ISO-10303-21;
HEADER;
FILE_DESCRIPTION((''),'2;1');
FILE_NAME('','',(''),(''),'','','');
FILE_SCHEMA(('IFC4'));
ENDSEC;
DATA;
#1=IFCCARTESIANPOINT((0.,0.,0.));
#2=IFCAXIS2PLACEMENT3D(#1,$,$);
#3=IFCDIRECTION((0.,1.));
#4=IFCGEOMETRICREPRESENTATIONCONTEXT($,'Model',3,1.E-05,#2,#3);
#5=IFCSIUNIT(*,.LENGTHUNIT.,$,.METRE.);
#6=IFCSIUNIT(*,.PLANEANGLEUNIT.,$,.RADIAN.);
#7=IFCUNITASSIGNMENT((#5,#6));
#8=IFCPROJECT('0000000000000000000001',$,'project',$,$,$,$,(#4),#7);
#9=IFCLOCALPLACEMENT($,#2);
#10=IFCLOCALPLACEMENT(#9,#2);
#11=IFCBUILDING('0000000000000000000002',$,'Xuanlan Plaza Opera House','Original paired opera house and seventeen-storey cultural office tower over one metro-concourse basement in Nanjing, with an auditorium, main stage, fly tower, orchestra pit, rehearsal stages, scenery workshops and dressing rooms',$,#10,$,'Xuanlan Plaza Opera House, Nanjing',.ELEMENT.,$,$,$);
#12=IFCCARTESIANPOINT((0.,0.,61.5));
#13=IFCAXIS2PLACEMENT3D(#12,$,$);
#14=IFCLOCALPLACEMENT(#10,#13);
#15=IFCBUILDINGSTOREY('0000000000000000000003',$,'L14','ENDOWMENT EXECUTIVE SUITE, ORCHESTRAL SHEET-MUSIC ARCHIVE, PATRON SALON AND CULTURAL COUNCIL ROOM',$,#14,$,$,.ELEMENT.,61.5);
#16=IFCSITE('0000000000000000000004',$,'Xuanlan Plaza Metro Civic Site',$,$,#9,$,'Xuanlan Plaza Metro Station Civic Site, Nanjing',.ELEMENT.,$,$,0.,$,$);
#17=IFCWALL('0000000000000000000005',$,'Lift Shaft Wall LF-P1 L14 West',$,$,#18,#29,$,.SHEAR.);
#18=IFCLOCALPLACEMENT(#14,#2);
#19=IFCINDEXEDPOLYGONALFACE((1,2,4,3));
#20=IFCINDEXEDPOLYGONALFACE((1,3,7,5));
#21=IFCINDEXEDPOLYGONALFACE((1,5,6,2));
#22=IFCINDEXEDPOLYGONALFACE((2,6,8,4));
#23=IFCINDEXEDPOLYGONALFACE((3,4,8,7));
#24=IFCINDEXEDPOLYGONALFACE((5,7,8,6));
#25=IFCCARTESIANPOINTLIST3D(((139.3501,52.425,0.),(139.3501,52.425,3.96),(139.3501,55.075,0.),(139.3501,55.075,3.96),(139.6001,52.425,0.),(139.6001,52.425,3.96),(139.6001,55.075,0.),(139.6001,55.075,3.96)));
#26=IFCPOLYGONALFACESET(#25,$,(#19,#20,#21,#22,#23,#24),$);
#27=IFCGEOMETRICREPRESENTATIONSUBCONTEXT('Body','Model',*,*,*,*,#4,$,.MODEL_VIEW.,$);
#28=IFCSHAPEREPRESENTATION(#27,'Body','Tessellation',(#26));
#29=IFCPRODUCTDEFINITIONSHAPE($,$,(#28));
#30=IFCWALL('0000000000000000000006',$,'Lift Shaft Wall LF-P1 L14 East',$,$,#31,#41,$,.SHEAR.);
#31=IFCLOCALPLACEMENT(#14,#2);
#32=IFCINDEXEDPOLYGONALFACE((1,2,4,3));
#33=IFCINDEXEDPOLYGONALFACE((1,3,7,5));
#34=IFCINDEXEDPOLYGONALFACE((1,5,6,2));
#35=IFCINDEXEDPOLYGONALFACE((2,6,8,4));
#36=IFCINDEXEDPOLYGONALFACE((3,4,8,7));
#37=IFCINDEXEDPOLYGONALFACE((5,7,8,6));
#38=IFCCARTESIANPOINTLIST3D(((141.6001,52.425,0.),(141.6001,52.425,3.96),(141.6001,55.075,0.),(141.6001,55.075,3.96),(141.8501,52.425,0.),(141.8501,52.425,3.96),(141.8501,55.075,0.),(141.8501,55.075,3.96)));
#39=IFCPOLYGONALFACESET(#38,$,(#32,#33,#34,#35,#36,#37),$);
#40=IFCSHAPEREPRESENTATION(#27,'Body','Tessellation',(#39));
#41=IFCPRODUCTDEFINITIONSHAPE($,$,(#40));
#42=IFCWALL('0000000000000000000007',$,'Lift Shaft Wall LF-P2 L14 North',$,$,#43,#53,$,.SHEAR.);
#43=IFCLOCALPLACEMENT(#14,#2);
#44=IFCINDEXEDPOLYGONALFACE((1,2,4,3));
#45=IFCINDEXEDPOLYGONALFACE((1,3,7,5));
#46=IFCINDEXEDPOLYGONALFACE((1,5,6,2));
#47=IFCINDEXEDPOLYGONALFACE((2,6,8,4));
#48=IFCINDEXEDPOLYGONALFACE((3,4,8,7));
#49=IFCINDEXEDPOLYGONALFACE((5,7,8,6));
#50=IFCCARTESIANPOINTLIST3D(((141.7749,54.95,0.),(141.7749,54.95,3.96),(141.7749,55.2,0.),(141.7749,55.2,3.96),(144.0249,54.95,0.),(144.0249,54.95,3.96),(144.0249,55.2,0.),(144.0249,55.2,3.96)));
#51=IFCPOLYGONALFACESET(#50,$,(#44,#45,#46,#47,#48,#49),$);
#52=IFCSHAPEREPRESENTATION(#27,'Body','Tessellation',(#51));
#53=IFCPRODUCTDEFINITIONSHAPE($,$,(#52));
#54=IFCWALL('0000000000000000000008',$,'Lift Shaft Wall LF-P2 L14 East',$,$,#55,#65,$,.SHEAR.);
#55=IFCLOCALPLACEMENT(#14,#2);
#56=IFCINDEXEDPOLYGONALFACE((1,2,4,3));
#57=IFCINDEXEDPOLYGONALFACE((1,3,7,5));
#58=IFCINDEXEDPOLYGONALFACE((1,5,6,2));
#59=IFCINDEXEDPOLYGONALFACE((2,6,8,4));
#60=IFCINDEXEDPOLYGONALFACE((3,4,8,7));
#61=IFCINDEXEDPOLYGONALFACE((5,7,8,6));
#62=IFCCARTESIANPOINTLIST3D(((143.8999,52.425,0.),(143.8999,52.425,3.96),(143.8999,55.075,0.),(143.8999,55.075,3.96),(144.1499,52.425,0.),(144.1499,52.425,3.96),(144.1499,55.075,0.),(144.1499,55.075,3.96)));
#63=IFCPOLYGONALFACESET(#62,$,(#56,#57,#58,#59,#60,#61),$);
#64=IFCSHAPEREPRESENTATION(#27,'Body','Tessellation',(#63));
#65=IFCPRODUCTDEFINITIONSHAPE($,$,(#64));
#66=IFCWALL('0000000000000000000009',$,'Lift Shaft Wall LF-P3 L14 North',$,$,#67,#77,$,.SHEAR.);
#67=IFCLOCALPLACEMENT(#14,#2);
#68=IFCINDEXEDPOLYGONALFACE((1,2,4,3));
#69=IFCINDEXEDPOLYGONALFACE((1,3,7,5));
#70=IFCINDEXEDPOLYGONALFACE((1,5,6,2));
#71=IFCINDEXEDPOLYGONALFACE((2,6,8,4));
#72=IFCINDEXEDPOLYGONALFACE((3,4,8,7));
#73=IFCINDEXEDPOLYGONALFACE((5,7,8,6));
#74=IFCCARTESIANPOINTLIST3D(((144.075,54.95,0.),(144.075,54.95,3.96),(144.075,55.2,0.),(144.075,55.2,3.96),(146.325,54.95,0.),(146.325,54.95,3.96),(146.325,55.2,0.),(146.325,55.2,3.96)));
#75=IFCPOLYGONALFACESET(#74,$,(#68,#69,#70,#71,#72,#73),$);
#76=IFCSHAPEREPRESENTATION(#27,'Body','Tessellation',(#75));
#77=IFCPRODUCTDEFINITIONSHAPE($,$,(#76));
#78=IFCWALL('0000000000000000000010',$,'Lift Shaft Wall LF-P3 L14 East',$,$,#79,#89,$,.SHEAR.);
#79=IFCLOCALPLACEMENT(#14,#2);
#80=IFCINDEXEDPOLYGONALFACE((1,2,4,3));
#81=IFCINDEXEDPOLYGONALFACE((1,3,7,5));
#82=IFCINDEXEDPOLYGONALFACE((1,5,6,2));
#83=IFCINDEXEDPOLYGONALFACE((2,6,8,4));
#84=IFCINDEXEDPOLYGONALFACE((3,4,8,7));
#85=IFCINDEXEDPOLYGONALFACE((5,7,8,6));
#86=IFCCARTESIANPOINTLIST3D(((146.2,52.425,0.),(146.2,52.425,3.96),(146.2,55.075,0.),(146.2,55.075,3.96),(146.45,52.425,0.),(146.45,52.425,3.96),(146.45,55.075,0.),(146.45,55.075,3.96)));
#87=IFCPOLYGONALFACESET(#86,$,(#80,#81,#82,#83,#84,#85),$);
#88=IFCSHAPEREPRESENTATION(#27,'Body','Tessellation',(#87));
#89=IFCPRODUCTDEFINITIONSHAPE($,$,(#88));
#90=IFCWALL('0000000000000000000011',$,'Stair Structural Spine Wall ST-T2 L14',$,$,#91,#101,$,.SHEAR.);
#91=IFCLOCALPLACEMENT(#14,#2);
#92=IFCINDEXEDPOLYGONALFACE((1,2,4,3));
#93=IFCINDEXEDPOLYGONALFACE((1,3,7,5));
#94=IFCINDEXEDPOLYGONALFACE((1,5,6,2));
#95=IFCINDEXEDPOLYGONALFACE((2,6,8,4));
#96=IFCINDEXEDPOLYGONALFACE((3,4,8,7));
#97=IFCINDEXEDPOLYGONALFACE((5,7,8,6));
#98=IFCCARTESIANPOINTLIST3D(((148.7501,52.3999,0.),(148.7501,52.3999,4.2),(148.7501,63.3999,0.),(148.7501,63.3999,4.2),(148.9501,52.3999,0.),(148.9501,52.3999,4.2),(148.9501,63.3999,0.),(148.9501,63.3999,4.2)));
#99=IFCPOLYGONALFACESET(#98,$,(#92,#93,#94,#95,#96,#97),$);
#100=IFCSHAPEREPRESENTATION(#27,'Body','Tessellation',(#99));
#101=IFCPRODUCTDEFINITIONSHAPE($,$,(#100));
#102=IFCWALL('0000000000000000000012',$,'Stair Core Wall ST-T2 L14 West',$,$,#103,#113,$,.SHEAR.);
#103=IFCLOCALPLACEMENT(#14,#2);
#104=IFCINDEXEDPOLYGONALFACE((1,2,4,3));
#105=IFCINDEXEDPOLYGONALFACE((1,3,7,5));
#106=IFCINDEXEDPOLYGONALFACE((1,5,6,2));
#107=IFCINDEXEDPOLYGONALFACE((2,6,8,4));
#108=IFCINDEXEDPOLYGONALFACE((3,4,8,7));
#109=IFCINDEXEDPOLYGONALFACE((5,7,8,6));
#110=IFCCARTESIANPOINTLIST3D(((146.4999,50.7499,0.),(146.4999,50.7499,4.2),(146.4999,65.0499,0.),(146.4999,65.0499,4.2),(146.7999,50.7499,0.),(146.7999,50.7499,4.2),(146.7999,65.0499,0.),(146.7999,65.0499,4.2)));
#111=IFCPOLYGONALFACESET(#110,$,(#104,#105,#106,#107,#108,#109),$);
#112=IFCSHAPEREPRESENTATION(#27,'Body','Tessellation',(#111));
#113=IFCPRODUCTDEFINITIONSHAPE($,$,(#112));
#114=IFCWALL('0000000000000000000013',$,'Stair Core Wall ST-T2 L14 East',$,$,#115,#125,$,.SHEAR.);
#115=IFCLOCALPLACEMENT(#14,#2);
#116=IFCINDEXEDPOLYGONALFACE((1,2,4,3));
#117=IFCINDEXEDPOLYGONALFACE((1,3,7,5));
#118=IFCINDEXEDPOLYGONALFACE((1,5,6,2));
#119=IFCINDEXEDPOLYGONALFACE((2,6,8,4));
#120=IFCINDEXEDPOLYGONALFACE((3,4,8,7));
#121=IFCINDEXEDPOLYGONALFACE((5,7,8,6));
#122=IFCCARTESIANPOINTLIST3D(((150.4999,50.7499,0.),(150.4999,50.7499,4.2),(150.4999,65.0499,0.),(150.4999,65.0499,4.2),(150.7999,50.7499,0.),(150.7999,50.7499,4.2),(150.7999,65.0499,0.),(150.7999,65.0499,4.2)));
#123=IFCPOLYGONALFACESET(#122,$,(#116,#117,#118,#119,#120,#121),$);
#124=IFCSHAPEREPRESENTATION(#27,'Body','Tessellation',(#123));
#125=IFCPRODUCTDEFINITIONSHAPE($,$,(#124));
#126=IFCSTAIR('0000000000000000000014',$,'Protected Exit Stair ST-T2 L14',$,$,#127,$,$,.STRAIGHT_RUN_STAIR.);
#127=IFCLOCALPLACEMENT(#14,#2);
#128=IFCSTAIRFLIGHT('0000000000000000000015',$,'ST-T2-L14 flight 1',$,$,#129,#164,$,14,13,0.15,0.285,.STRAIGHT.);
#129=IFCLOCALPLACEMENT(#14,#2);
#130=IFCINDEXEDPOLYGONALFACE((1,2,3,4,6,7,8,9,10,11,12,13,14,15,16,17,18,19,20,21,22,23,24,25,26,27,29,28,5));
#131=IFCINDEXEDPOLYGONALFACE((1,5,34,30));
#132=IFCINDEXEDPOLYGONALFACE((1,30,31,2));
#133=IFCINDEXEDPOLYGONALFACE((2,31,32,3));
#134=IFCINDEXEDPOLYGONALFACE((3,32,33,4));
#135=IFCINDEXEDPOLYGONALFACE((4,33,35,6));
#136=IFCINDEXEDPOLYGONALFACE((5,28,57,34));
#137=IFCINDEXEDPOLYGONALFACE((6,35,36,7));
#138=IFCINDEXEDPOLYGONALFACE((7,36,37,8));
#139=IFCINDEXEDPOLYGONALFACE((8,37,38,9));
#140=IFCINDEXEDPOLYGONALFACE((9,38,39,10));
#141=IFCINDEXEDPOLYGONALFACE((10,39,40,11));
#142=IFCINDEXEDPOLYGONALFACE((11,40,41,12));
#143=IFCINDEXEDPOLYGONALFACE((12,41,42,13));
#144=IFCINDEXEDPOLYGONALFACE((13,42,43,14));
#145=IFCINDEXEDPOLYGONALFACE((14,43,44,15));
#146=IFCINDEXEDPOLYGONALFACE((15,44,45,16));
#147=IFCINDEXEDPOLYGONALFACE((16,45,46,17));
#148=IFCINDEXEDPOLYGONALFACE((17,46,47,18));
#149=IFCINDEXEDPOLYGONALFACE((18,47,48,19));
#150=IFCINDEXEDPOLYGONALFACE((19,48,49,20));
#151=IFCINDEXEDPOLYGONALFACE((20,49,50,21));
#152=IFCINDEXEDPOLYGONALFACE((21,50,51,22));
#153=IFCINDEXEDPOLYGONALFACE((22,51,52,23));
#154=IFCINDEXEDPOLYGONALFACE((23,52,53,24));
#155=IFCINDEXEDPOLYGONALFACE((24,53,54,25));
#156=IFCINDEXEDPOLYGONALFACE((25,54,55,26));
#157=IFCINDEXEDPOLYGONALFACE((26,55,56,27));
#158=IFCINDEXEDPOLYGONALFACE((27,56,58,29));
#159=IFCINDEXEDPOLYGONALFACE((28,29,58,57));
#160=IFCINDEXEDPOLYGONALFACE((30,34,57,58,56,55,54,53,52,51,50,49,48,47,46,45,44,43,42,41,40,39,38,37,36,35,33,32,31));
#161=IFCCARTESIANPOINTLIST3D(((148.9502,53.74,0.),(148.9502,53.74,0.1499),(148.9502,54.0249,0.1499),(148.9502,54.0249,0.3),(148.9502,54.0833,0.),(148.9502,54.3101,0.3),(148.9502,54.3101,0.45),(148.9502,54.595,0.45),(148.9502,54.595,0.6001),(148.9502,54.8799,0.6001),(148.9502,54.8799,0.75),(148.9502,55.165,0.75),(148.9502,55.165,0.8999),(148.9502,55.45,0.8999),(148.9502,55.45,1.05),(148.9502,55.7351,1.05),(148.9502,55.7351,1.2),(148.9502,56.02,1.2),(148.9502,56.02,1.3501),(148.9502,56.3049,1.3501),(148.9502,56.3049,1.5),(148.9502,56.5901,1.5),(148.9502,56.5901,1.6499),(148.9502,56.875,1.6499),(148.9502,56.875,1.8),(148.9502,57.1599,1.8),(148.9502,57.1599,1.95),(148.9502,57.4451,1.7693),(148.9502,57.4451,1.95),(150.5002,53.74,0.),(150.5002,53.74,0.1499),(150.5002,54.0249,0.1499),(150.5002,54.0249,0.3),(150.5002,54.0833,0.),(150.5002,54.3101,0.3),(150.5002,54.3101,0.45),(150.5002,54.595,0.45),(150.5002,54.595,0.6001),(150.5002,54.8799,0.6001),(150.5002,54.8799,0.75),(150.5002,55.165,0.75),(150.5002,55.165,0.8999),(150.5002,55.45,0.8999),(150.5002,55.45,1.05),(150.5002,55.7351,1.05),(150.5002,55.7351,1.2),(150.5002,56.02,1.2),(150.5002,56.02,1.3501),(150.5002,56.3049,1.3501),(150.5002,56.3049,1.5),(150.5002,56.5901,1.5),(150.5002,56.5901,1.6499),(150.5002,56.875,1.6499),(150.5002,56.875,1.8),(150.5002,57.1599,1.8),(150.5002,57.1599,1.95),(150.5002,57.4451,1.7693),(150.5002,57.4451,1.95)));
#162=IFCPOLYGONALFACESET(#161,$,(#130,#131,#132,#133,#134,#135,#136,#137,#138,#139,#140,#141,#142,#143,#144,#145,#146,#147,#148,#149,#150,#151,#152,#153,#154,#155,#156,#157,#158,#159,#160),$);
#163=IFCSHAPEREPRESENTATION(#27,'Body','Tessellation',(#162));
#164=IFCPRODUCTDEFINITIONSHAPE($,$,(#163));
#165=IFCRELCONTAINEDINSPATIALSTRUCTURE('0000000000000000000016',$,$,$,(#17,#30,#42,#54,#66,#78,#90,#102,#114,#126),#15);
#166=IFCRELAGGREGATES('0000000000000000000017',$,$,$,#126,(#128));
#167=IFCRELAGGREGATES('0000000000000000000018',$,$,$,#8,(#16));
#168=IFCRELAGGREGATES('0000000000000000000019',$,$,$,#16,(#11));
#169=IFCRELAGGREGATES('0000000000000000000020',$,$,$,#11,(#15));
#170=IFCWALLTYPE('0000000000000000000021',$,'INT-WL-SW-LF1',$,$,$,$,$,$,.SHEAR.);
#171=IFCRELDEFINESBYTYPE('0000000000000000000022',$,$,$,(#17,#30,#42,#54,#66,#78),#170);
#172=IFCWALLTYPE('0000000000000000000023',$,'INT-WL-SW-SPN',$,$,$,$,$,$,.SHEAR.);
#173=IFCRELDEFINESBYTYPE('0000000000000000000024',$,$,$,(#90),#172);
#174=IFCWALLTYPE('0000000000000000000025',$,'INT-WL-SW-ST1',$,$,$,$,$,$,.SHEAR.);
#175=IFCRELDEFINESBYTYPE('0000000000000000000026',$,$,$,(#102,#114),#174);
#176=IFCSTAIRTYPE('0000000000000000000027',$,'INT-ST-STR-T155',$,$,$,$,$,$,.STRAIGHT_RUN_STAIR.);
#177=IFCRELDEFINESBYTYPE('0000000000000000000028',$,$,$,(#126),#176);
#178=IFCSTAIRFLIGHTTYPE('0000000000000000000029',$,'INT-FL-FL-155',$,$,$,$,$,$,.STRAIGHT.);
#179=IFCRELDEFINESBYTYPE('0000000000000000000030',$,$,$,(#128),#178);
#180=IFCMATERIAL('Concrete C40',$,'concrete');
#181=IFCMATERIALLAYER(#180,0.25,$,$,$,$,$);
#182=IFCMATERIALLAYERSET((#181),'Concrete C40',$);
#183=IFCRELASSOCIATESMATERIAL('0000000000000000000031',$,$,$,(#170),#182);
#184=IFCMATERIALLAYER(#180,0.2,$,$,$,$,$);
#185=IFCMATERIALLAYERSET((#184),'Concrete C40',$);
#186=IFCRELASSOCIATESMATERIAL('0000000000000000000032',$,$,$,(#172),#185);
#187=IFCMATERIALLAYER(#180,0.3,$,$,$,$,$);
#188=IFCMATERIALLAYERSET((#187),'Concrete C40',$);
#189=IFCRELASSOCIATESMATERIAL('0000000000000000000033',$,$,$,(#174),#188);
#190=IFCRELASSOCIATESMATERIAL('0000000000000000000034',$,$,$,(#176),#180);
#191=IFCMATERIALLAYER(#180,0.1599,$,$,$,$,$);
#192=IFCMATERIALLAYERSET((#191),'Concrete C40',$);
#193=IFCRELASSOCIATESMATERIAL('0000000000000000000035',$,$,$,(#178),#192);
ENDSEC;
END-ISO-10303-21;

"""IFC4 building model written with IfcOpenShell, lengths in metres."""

from ifc_helpers import new_model, si_unit, direction, frame, frame_2d, origin, place, context, subcontext, project, spatial, polyline, rectangle, outline, extrude, material, layer, layer_set, type_object, element, aggregate, save


model = new_model("IFC4")

# Units and contexts
model_context = context("Model", 3, precision=1e-05, world=origin(), true_north=direction((0.0, 1.0)))
body_context = subcontext(model_context, "Body", "Model", "MODEL_VIEW")
ifc_project = project(units=[si_unit("LENGTHUNIT", "METRE"), si_unit("PLANEANGLEUNIT", "RADIAN")], contexts=[model_context])

# Site, building, storey
site_placement = place(None, origin())
site = spatial("IfcSite", under=ifc_project, at=site_placement, Name="Xuanlan Plaza Metro Civic Site", LongName="Xuanlan Plaza Metro Station Civic Site, Nanjing", CompositionType="ELEMENT", RefElevation=0.0)
building_placement = place(site_placement, origin())
building = spatial("IfcBuilding", under=site, at=building_placement, Name="Xuanlan Plaza Opera House", Description="Original paired opera house and seventeen-storey cultural office tower over one metro-concourse basement in Nanjing, with an auditorium, main stage, fly tower, orchestra pit, rehearsal stages, scenery workshops and dressing rooms", LongName="Xuanlan Plaza Opera House, Nanjing", CompositionType="ELEMENT")
storey_placement = place(building_placement, frame((0.0, 0.0, 61.5)))
storey = spatial("IfcBuildingStorey", under=building, at=storey_placement, Name="L14", Description="ENDOWMENT EXECUTIVE SUITE, ORCHESTRAL SHEET-MUSIC ARCHIVE, PATRON SALON AND CULTURAL COUNCIL ROOM", CompositionType="ELEMENT", Elevation=61.5)

# Shared definitions
ifc_material_1 = material(Name="Concrete C40", Category="concrete")

# Shared definitions
ifc_layer_1 = layer(ifc_material_1, 0.25)
ifc_layer_set_1 = layer_set([ifc_layer_1], Name="Concrete C40")
wall_type_1 = type_object("IfcWallType", Name="INT-WL-SW-LF1", PredefinedType="SHEAR", material=ifc_layer_set_1)

# Walls
for number, where, z_axis, x_axis, name in (
    (1, (139.4751, 52.425, 0.0), (0.0, 0.0, 1.0), (0.0, 1.0, 0.0), "Lift Shaft Wall LF-P1 L14 West"),
    (2, (141.7251, 52.425, 0.0), (0.0, 0.0, 1.0), (0.0, 1.0, 0.0), "Lift Shaft Wall LF-P1 L14 East"),
):
    element("IfcWall", number, at=place(storey_placement, frame(where, z_axis=z_axis, x_axis=x_axis)), inside=storey, type_object=wall_type_1, Name=name, PredefinedType="SHEAR", context=body_context, shape_type="SweptSolid", body=[
        extrude(rectangle(XDim=2.6499, YDim=0.25, at=frame_2d((1.325, 0.0))), origin(), (0.0, 0.0, 1.0), 3.96),
    ])

# Walls
wall_1_placement = place(storey_placement, frame((141.7749, 55.075, 0.0), z_axis=(0.0, 0.0, 1.0), x_axis=(1.0, 0.0, 0.0)))
element("IfcWall", 3, at=wall_1_placement, inside=storey, type_object=wall_type_1, Name="Lift Shaft Wall LF-P2 L14 North", PredefinedType="SHEAR", context=body_context, shape_type="SweptSolid", body=[
    extrude(rectangle(XDim=2.25, YDim=0.25, at=frame_2d((1.125, 0.0))), origin(), (0.0, 0.0, 1.0), 3.96),
])
wall_2_placement = place(storey_placement, frame((144.0249, 52.425, 0.0), z_axis=(0.0, 0.0, 1.0), x_axis=(0.0, 1.0, 0.0)))
element("IfcWall", 4, at=wall_2_placement, inside=storey, type_object=wall_type_1, Name="Lift Shaft Wall LF-P2 L14 East", PredefinedType="SHEAR", context=body_context, shape_type="SweptSolid", body=[
    extrude(rectangle(XDim=2.6499, YDim=0.25, at=frame_2d((1.325, 0.0))), origin(), (0.0, 0.0, 1.0), 3.96),
])

# Walls
wall_3_placement = place(storey_placement, frame((144.075, 55.075, 0.0), z_axis=(0.0, 0.0, 1.0), x_axis=(1.0, 0.0, 0.0)))
element("IfcWall", 5, at=wall_3_placement, inside=storey, type_object=wall_type_1, Name="Lift Shaft Wall LF-P3 L14 North", PredefinedType="SHEAR", context=body_context, shape_type="SweptSolid", body=[
    extrude(rectangle(XDim=2.25, YDim=0.25, at=frame_2d((1.125, 0.0))), origin(), (0.0, 0.0, 1.0), 3.96),
])
wall_4_placement = place(storey_placement, frame((146.325, 52.425, 0.0), z_axis=(0.0, 0.0, 1.0), x_axis=(0.0, 1.0, 0.0)))
element("IfcWall", 6, at=wall_4_placement, inside=storey, type_object=wall_type_1, Name="Lift Shaft Wall LF-P3 L14 East", PredefinedType="SHEAR", context=body_context, shape_type="SweptSolid", body=[
    extrude(rectangle(XDim=2.6499, YDim=0.25, at=frame_2d((1.325, 0.0))), origin(), (0.0, 0.0, 1.0), 3.96),
])
ifc_layer_2 = layer(ifc_material_1, 0.2)
ifc_layer_set_2 = layer_set([ifc_layer_2], Name="Concrete C40")
wall_type_2 = type_object("IfcWallType", Name="INT-WL-SW-SPN", PredefinedType="SHEAR", material=ifc_layer_set_2)
wall_5_placement = place(storey_placement, frame((148.8501, 52.3999, 0.0), z_axis=(0.0, 0.0, 1.0), x_axis=(0.0, 1.0, 0.0)))
element("IfcWall", 7, at=wall_5_placement, inside=storey, type_object=wall_type_2, Name="Stair Structural Spine Wall ST-T2 L14", PredefinedType="SHEAR", context=body_context, shape_type="SweptSolid", body=[
    extrude(rectangle(XDim=11.0, YDim=0.2, at=frame_2d((5.5, 0.0))), origin(), (0.0, 0.0, 1.0), 4.2),
])

# Shared definitions
ifc_layer_3 = layer(ifc_material_1, 0.3)
ifc_layer_set_3 = layer_set([ifc_layer_3], Name="Concrete C40")
wall_type_3 = type_object("IfcWallType", Name="INT-WL-SW-ST1", PredefinedType="SHEAR", material=ifc_layer_set_3)

# Walls
for number, where, z_axis, x_axis, name in (
    (8, (146.6499, 50.75, 0.0), (0.0, 0.0, 1.0), (0.0, 1.0, 0.0), "Stair Core Wall ST-T2 L14 West"),
    (9, (150.6499, 50.75, 0.0), (0.0, 0.0, 1.0), (0.0, 1.0, 0.0), "Stair Core Wall ST-T2 L14 East"),
):
    element("IfcWall", number, at=place(storey_placement, frame(where, z_axis=z_axis, x_axis=x_axis)), inside=storey, type_object=wall_type_3, Name=name, PredefinedType="SHEAR", context=body_context, shape_type="SweptSolid", body=[
        extrude(rectangle(XDim=14.3, YDim=0.3, at=frame_2d((7.1499, 0.0))), origin(), (0.0, 0.0, 1.0), 4.2),
    ])

# Stair, stair flight
stair_type = type_object("IfcStairType", Name="INT-ST-STR-T155", PredefinedType="STRAIGHT_RUN_STAIR", material=ifc_material_1)
stair_placement = place(storey_placement, origin())
stair = element("IfcStair", 10, at=stair_placement, inside=storey, type_object=stair_type, Name="Protected Exit Stair ST-T2 L14", PredefinedType="STRAIGHT_RUN_STAIR")
ifc_layer_4 = layer(ifc_material_1, 0.1599)
ifc_layer_set_4 = layer_set([ifc_layer_4], Name="Concrete C40")
stair_flight_type = type_object("IfcStairFlightType", Name="INT-FL-FL-155", PredefinedType="STRAIGHT", material=ifc_layer_set_4)
stair_flight_1_placement = place(storey_placement, frame((149.7251, 53.74, 0.0), z_axis=(0.0, 0.0, 1.0), x_axis=(0.0, 1.0, 0.0)))
stair_flight_1 = element("IfcStairFlight", 11, at=stair_flight_1_placement, type_object=stair_flight_type, Name="ST-T2-L14 flight 1", NumberOfRisers=14, NumberOfTreads=13, PredefinedType="STRAIGHT", RiserHeight=0.15, TreadLength=0.285, context=body_context, shape_type="SweptSolid", body=[
    extrude(outline(polyline([(0.0, 0.0), (0.0, 0.1499), (0.2849, 0.1499), (0.2849, 0.3), (0.5701, 0.3), (0.5701, 0.45), (0.855, 0.45), (0.855, 0.6001), (1.1399, 0.6001), (1.1399, 0.75), (1.425, 0.75), (1.425, 0.8999), (1.71, 0.8999), (1.71, 1.05), (1.9951, 1.05), (1.9951, 1.2), (2.28, 1.2), (2.28, 1.3501), (2.5649, 1.3501), (2.5649, 1.5), (2.8501, 1.5), (2.8501, 1.6499), (3.135, 1.6499), (3.135, 1.8), (3.4199, 1.8), (3.4199, 1.95), (3.7051, 1.95), (3.7051, 2.1001), (3.7051, 1.7693), (0.3433, 0.0), (0.0, 0.0)])), frame((0.0, 0.7749, 0.0), z_axis=(0.0, -1.0, 0.0), x_axis=(1.0, 0.0, 0.0)), (0.0, 0.0, 1.0), 1.55),
])
aggregate(stair, [stair_flight_1])

save(model, "model.ifc")
